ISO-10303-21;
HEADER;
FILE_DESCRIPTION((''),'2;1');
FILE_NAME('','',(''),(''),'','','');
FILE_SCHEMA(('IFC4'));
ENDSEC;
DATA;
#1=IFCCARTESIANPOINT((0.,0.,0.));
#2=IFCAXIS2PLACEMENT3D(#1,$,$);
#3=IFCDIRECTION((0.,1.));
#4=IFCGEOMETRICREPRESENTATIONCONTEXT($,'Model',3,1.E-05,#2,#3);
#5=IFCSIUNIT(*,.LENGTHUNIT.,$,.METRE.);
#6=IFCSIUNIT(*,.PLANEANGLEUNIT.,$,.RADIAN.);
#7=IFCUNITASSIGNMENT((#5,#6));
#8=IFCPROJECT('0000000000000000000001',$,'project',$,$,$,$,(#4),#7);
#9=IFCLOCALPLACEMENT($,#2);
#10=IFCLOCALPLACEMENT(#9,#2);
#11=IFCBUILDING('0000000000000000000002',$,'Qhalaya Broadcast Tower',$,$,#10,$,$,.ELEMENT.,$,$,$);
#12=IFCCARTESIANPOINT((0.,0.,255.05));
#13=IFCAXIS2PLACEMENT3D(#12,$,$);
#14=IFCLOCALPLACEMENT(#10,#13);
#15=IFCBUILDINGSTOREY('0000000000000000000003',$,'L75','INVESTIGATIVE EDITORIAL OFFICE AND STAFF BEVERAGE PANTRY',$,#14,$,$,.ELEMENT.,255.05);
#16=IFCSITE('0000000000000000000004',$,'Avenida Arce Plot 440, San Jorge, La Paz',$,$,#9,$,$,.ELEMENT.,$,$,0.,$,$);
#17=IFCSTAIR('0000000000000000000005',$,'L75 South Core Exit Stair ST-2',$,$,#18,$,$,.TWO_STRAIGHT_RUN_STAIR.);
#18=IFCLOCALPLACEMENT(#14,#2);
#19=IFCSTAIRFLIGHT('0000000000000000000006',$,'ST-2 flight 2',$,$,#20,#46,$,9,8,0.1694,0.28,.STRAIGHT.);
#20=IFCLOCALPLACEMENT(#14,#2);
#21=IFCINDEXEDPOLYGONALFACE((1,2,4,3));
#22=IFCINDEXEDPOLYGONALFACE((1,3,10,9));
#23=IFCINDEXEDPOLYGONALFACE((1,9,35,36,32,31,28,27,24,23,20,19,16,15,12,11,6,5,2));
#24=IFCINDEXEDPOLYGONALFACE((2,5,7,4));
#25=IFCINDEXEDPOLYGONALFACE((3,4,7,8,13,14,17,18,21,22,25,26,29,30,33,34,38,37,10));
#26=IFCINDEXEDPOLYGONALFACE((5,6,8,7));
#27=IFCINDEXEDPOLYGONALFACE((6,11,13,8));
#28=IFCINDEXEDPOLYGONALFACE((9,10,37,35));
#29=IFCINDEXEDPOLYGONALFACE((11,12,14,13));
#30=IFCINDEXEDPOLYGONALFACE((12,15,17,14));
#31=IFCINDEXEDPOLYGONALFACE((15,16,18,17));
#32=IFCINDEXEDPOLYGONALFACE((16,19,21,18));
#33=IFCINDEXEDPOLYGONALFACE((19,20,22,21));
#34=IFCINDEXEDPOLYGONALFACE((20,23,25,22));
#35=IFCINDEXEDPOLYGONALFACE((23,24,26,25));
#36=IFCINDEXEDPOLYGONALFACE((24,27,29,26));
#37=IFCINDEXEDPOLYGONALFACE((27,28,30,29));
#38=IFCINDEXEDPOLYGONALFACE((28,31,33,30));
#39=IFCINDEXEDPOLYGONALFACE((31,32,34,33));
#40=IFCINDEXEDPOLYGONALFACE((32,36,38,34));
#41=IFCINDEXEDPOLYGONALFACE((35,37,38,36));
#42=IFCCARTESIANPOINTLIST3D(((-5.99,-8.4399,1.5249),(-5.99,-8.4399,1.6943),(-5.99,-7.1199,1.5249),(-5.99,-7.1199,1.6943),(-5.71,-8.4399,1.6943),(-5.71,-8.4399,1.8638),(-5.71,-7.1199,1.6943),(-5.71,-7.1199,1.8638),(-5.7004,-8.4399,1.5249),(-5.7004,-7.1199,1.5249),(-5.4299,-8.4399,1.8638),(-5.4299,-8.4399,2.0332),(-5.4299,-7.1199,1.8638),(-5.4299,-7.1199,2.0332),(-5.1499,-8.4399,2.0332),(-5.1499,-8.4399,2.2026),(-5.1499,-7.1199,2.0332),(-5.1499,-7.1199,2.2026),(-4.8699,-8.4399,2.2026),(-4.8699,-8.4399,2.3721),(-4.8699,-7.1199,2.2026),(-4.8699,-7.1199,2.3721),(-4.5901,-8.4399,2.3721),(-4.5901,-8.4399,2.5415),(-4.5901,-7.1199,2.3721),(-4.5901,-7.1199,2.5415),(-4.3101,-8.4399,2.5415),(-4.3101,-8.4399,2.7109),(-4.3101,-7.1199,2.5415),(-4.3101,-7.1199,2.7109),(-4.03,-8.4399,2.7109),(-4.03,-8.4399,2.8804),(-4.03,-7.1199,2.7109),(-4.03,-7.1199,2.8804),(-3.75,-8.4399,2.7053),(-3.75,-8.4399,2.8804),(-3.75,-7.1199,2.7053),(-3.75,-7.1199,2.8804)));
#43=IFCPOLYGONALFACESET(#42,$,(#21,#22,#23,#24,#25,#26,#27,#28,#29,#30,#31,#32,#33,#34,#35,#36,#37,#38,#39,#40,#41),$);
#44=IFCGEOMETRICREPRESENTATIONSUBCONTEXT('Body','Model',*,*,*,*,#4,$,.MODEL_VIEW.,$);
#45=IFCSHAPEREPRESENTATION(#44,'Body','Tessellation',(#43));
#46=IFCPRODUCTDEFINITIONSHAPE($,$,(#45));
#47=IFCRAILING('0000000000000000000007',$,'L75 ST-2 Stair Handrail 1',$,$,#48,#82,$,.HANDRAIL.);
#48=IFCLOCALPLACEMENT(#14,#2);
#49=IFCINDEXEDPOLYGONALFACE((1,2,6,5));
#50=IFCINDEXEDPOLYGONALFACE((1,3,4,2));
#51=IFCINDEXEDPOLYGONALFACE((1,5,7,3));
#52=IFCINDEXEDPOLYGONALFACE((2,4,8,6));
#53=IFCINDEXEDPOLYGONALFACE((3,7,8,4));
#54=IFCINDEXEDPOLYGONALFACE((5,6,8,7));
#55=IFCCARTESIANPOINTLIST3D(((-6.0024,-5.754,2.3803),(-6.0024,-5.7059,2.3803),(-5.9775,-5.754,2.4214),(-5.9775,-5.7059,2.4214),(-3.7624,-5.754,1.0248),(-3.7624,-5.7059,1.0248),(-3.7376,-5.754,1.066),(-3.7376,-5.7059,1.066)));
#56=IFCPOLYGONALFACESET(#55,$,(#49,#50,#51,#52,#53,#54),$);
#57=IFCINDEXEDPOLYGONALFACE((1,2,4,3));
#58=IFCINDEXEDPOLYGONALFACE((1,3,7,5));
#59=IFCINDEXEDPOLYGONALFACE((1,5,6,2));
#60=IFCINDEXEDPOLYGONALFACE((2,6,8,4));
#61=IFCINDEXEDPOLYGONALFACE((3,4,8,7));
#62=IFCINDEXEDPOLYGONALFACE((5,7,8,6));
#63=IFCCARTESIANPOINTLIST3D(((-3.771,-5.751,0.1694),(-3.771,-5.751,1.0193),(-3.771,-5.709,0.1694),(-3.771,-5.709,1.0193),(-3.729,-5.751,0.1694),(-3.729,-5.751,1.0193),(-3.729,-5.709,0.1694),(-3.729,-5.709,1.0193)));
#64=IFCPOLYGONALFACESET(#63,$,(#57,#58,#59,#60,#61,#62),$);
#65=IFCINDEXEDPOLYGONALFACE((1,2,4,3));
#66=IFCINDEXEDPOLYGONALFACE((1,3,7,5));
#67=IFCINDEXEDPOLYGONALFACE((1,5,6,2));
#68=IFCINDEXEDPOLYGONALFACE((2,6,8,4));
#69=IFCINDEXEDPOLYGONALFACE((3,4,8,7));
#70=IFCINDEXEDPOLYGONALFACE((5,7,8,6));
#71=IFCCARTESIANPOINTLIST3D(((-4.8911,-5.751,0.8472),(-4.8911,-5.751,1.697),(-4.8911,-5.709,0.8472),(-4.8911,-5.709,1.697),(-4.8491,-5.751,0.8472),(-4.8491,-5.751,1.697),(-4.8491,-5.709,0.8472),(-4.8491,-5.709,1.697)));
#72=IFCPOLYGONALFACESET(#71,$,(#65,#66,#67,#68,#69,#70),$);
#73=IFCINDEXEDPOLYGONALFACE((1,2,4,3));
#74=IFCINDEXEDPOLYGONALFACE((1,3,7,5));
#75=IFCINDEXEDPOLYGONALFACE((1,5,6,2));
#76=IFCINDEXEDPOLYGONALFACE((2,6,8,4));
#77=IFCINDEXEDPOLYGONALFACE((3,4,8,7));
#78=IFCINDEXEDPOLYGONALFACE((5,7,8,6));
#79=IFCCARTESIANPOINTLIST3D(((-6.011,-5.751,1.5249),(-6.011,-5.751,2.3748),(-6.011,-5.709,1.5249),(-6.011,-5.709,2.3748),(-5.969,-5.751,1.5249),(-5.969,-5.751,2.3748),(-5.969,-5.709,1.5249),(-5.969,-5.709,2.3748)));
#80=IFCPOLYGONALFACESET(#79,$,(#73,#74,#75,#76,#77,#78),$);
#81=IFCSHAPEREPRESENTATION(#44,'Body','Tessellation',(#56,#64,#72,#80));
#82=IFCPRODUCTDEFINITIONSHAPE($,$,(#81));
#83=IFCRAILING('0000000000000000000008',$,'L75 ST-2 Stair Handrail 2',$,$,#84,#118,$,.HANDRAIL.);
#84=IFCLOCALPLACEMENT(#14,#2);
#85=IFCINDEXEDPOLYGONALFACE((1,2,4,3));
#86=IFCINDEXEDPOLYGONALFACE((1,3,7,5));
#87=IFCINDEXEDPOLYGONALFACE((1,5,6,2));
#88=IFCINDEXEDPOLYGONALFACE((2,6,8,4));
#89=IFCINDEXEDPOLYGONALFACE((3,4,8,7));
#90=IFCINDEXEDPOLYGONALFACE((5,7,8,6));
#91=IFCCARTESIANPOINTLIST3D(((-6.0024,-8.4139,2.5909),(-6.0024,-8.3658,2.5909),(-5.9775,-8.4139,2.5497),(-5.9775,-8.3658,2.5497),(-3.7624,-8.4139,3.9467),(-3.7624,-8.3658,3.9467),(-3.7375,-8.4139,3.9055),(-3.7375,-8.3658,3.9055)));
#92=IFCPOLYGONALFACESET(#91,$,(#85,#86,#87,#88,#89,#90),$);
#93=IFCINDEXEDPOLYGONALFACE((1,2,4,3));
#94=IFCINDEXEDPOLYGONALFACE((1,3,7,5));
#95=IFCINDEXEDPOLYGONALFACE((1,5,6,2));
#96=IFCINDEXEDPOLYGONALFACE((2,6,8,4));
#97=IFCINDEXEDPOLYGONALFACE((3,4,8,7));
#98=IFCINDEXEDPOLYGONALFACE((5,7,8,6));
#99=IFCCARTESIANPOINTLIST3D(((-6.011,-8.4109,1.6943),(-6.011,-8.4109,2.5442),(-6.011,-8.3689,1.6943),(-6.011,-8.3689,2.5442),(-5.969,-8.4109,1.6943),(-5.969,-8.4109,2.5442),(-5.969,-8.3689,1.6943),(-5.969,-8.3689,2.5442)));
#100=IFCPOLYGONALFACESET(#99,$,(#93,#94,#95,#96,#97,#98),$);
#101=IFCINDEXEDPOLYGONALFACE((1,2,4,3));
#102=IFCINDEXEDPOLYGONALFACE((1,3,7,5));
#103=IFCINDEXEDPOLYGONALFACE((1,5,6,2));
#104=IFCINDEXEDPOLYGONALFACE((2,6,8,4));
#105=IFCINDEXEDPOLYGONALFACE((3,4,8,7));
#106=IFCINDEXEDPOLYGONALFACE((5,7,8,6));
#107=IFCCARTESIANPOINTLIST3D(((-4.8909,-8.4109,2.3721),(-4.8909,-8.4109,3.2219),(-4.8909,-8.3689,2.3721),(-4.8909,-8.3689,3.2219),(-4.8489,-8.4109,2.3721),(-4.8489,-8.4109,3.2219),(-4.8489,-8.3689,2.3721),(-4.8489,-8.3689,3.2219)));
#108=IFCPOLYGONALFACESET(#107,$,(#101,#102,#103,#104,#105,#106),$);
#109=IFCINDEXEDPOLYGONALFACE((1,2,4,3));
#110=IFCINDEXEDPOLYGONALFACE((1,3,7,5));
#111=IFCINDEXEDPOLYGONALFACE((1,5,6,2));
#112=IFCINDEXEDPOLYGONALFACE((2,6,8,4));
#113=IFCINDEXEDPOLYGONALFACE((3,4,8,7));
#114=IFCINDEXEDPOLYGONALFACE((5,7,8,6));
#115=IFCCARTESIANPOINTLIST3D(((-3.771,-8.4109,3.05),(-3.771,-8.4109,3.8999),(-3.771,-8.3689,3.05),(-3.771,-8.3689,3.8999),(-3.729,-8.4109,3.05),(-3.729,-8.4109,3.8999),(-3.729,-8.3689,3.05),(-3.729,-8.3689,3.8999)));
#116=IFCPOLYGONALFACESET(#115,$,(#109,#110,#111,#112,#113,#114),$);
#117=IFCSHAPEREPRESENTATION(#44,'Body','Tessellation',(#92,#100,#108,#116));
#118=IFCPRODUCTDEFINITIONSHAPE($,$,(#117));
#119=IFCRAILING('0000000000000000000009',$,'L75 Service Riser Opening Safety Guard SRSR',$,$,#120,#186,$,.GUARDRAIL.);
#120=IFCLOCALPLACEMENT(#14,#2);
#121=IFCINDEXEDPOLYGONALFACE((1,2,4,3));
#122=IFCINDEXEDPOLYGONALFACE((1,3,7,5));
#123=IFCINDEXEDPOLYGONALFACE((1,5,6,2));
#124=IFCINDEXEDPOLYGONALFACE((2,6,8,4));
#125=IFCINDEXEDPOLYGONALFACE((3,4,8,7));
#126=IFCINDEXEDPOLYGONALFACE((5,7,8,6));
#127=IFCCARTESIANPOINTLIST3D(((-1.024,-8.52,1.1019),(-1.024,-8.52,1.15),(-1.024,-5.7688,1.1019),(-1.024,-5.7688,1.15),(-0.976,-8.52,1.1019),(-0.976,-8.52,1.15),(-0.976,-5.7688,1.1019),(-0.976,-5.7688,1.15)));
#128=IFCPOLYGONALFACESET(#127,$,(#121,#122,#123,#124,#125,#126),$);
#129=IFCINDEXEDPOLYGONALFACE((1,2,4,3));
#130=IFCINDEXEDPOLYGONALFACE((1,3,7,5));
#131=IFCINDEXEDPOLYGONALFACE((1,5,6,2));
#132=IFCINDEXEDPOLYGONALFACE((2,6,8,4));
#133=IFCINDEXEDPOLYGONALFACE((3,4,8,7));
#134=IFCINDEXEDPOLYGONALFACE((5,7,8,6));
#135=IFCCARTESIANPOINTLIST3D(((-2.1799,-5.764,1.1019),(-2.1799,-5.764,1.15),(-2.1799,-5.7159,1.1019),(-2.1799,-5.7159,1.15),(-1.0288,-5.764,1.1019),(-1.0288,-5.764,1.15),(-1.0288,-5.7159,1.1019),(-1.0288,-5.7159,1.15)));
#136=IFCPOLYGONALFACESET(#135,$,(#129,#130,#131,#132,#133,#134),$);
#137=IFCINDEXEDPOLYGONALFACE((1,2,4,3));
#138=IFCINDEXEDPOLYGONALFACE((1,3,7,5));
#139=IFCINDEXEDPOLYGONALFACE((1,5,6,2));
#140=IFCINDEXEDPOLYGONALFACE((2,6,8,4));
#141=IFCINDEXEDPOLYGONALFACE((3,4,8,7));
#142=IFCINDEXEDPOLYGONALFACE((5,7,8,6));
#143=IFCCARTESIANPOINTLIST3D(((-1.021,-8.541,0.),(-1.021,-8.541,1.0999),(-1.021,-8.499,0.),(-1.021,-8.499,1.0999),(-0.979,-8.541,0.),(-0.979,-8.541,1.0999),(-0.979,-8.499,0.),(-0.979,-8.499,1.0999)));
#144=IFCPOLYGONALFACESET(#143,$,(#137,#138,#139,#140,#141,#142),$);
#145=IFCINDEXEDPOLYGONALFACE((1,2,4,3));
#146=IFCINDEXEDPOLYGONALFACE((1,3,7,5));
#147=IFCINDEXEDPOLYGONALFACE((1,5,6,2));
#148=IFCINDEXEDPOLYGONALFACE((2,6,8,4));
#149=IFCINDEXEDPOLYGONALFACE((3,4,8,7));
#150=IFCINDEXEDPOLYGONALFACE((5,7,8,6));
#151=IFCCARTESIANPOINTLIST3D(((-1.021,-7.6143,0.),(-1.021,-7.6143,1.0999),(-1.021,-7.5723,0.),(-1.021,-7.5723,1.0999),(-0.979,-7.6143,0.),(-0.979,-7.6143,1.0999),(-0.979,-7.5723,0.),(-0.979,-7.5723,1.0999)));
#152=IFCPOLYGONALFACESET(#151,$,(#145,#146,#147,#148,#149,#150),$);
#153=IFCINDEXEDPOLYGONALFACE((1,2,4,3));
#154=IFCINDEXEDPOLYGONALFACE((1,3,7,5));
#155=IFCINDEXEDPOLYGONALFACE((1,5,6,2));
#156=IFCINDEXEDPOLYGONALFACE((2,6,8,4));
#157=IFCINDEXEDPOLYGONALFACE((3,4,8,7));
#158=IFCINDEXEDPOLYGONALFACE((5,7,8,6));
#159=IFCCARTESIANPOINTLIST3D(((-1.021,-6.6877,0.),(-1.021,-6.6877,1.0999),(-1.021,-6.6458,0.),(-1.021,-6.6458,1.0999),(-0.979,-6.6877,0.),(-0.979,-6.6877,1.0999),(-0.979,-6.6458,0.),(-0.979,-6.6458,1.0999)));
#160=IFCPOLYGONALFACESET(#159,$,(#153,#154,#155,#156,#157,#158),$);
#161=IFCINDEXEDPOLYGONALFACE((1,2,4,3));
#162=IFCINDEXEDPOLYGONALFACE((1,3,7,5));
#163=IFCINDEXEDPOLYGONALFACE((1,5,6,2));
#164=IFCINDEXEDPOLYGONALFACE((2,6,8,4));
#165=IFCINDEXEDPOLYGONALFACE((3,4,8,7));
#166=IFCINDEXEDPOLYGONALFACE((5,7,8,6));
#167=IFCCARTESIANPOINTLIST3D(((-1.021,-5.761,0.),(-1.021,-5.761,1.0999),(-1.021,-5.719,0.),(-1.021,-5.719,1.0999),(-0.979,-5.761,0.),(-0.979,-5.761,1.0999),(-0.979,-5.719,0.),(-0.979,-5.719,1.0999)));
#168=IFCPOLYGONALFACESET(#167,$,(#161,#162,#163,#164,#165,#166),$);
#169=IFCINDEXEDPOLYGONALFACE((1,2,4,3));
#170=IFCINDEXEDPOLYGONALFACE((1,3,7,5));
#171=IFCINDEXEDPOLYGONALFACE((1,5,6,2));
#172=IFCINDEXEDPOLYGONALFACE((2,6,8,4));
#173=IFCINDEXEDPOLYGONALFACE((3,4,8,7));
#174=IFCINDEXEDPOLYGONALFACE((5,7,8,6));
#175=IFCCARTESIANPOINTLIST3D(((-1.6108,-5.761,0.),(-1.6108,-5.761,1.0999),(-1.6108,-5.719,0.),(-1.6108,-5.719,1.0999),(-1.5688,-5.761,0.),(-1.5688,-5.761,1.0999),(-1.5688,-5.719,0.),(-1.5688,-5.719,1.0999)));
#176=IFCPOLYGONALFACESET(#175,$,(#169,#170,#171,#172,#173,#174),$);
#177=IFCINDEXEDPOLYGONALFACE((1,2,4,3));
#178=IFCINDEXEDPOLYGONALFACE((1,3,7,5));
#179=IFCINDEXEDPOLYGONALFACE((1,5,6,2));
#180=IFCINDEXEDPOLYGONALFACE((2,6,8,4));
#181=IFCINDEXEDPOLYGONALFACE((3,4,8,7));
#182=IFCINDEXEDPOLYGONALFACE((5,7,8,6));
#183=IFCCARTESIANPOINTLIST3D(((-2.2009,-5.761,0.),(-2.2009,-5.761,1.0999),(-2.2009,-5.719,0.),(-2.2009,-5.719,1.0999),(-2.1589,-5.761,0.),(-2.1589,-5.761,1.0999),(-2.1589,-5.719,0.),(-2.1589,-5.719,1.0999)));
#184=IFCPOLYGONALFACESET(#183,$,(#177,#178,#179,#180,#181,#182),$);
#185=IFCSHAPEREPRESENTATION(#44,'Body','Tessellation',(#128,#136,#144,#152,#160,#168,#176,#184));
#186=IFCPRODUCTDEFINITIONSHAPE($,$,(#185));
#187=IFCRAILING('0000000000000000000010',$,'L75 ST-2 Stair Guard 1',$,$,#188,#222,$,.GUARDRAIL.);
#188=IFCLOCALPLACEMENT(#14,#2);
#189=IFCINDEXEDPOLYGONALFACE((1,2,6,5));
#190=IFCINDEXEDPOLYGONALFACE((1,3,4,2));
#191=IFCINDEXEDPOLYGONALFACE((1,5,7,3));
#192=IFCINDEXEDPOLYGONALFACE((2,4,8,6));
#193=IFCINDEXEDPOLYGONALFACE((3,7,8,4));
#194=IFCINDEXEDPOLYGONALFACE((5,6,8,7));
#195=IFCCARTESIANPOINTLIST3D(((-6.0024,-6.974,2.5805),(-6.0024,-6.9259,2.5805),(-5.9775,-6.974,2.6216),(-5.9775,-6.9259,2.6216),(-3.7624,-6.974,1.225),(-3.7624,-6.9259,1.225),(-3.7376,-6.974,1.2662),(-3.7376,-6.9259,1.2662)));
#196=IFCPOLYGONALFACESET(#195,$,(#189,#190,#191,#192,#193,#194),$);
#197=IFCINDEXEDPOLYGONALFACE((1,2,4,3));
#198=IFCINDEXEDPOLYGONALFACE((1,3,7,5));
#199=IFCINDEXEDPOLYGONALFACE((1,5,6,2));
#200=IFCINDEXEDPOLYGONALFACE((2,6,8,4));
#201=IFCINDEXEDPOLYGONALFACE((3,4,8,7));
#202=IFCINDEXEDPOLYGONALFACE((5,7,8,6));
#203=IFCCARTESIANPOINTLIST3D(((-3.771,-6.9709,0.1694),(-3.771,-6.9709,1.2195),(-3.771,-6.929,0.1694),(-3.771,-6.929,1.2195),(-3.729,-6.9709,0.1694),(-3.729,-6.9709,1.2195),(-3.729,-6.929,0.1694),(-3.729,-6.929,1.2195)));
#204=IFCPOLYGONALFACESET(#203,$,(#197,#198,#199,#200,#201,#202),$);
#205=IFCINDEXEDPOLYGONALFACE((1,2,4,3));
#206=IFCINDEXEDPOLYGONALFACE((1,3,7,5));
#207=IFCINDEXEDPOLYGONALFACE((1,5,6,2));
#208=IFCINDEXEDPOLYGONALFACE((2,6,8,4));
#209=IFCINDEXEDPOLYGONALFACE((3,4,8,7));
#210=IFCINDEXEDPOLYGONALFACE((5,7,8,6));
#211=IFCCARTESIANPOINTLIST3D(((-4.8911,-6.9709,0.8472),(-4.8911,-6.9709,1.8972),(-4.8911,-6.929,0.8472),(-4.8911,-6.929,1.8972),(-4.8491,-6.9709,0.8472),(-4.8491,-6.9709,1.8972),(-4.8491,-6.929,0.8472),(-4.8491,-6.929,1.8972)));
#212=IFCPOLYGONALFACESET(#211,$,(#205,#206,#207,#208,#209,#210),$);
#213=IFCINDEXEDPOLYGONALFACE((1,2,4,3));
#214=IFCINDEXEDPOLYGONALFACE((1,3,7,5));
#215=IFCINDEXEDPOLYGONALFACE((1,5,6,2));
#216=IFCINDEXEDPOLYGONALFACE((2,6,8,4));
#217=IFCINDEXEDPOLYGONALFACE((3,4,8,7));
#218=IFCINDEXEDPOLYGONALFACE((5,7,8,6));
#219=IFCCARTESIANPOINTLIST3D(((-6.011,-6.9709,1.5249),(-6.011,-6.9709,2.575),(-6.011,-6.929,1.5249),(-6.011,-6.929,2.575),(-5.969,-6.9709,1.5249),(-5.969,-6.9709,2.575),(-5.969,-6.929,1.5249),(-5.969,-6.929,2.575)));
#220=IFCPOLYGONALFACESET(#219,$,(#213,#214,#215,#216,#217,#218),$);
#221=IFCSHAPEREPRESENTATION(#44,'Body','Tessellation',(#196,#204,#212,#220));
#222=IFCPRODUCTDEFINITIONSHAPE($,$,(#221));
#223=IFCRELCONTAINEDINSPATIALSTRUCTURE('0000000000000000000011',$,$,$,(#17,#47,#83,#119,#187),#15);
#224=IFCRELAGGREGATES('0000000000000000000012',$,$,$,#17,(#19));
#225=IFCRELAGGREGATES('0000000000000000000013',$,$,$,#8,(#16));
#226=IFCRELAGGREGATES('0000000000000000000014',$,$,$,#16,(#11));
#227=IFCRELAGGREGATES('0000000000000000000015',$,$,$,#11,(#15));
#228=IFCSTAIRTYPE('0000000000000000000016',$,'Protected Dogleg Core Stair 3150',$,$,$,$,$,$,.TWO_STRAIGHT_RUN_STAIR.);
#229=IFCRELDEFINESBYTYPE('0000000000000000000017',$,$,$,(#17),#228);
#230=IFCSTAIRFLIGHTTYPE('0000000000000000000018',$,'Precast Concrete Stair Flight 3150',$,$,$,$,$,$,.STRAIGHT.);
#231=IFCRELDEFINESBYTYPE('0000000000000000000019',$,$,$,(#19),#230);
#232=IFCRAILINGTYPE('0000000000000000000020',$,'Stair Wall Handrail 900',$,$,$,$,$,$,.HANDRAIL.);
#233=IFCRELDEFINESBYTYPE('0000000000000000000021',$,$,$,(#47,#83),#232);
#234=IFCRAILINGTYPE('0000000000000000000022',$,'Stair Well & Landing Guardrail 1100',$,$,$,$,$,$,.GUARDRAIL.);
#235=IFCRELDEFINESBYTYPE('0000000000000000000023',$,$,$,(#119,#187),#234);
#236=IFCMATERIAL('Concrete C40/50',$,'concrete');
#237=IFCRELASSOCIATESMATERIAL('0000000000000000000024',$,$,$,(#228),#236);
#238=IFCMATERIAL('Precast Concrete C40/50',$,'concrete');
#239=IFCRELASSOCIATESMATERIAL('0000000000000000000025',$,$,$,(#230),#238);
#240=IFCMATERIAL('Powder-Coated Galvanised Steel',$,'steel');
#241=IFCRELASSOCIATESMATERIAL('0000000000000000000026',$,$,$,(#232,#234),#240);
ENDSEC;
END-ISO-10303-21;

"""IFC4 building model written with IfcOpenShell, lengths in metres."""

from ifc_helpers import new_model, si_unit, direction, frame, origin, origin_2d, place, context, subcontext, project, spatial, polyline, rectangle, outline, extrude, material, type_object, element, aggregate, save


model = new_model("IFC4")

# Units and contexts
model_context = context("Model", 3, precision=1e-05, world=origin(), true_north=direction((0.0, 1.0)))
body_context = subcontext(model_context, "Body", "Model", "MODEL_VIEW")
ifc_project = project(units=[si_unit("LENGTHUNIT", "METRE"), si_unit("PLANEANGLEUNIT", "RADIAN")], contexts=[model_context])

# Site, building, storey
site_placement = place(None, origin())
site = spatial("IfcSite", under=ifc_project, at=site_placement, Name="Avenida Arce Plot 440, San Jorge, La Paz", CompositionType="ELEMENT", RefElevation=0.0)
building_placement = place(site_placement, origin())
building = spatial("IfcBuilding", under=site, at=building_placement, Name="Qhalaya Broadcast Tower", CompositionType="ELEMENT")
storey_placement = place(building_placement, frame((0.0, 0.0, 255.05)))
storey = spatial("IfcBuildingStorey", under=building, at=storey_placement, Name="L75", Description="INVESTIGATIVE EDITORIAL OFFICE AND STAFF BEVERAGE PANTRY", CompositionType="ELEMENT", Elevation=255.05)

# Stair, stair flight
ifc_material_1 = material(Name="Concrete C40/50", Category="concrete")
stair_type = type_object("IfcStairType", Name="Protected Dogleg Core Stair 3150", PredefinedType="TWO_STRAIGHT_RUN_STAIR", material=ifc_material_1)
stair_placement = place(storey_placement, origin())
stair = element("IfcStair", 1, at=stair_placement, inside=storey, type_object=stair_type, Name="L75 South Core Exit Stair ST-2", PredefinedType="TWO_STRAIGHT_RUN_STAIR")
ifc_material_2 = material(Name="Precast Concrete C40/50", Category="concrete")
stair_flight_type = type_object("IfcStairFlightType", Name="Precast Concrete Stair Flight 3150", PredefinedType="STRAIGHT", material=ifc_material_2)
stair_flight_1_placement = place(storey_placement, frame((-5.99, -7.78, 1.5249), z_axis=(0.0, 0.0, 1.0), x_axis=(1.0, 0.0, 0.0)))
stair_flight_1 = element("IfcStairFlight", 2, at=stair_flight_1_placement, type_object=stair_flight_type, Name="ST-2 flight 2", NumberOfRisers=9, NumberOfTreads=8, PredefinedType="STRAIGHT", RiserHeight=0.1694, TreadLength=0.28, context=body_context, shape_type="SweptSolid", body=[
    extrude(outline(polyline([(0.0, 0.0), (0.0, 0.1694), (0.28, 0.1694), (0.28, 0.3389), (0.5601, 0.3389), (0.5601, 0.5083), (0.8401, 0.5083), (0.8401, 0.6777), (1.1201, 0.6777), (1.1201, 0.8472), (1.3999, 0.8472), (1.3999, 1.0166), (1.6799, 1.0166), (1.6799, 1.186), (1.96, 1.186), (1.96, 1.3555), (2.24, 1.3555), (2.24, 1.5249), (2.24, 1.1804), (0.2896, 0.0), (0.0, 0.0)])), frame((0.0, 0.6602, 0.0), z_axis=(0.0, -1.0, 0.0), x_axis=(1.0, 0.0, 0.0)), (0.0, 0.0, 1.0), 1.3201),
])
aggregate(stair, [stair_flight_1])

# Railings
ifc_material_3 = material(Name="Powder-Coated Galvanised Steel", Category="steel")
railing_type_1 = type_object("IfcRailingType", Name="Stair Wall Handrail 900", PredefinedType="HANDRAIL", material=ifc_material_3)
railing_1_placement = place(storey_placement, frame((-3.75, -5.73, 0.1694)))
element("IfcRailing", 3, at=railing_1_placement, inside=storey, type_object=railing_type_1, Name="L75 ST-2 Stair Handrail 1", PredefinedType="HANDRAIL", context=body_context, shape_type="SweptSolid", body=[
    extrude(rectangle(XDim=0.0481, YDim=0.0481, at=origin_2d()), frame((0.0, 0.0, 0.876), z_axis=(-0.855553, 0.0, 0.517715), x_axis=(0.0, -1.0, 0.0)), (0.0, 0.0, 1.0), 2.6182),
    extrude(rectangle(XDim=0.042, YDim=0.042, at=origin_2d()), origin(), (0.0, 0.0, 1.0), 0.8499),
    extrude(rectangle(XDim=0.042, YDim=0.042, at=origin_2d()), frame((-1.1201, 0.0, 0.6777)), (0.0, 0.0, 1.0), 0.8499),
    extrude(rectangle(XDim=0.042, YDim=0.042, at=origin_2d()), frame((-2.24, 0.0, 1.3555)), (0.0, 0.0, 1.0), 0.8499),
])
railing_2_placement = place(storey_placement, frame((-5.99, -8.3899, 1.6943)))
element("IfcRailing", 4, at=railing_2_placement, inside=storey, type_object=railing_type_1, Name="L75 ST-2 Stair Handrail 2", PredefinedType="HANDRAIL", context=body_context, shape_type="SweptSolid", body=[
    extrude(rectangle(XDim=0.0481, YDim=0.0481, at=origin_2d()), frame((0.0, 0.0, 0.876), z_axis=(0.855512, 0.0, 0.517783), x_axis=(0.0, 1.0, 0.0)), (0.0, 0.0, 1.0), 2.6184),
    extrude(rectangle(XDim=0.042, YDim=0.042, at=origin_2d()), origin(), (0.0, 0.0, 1.0), 0.8499),
    extrude(rectangle(XDim=0.042, YDim=0.042, at=origin_2d()), frame((1.1201, 0.0, 0.6777)), (0.0, 0.0, 1.0), 0.8499),
    extrude(rectangle(XDim=0.042, YDim=0.042, at=origin_2d()), frame((2.24, 0.0, 1.3557)), (0.0, 0.0, 1.0), 0.8499),
])
railing_type_2 = type_object("IfcRailingType", Name="Stair Well & Landing Guardrail 1100", PredefinedType="GUARDRAIL", material=ifc_material_3)
railing_3_placement = place(storey_placement, frame((-1.0, -8.52, 0.0)))
element("IfcRailing", 5, at=railing_3_placement, inside=storey, type_object=railing_type_2, Name="L75 Service Riser Opening Safety Guard SRSR", PredefinedType="GUARDRAIL", context=body_context, shape_type="SweptSolid", body=[
    extrude(rectangle(XDim=0.0481, YDim=0.0481, at=origin_2d()), frame((0.0, 0.0, 1.126), z_axis=(0.0, 1.0, 0.0), x_axis=(-1.0, 0.0, 0.0)), (0.0, 0.0, 1.0), 2.7512),
    extrude(rectangle(XDim=0.0481, YDim=0.0481, at=origin_2d()), frame((-0.0288, 2.78, 1.126), z_axis=(-1.0, 0.0, 0.0), x_axis=(0.0, -1.0, 0.0)), (0.0, 0.0, 1.0), 1.1511),
    extrude(rectangle(XDim=0.042, YDim=0.042, at=origin_2d()), origin(), (0.0, 0.0, 1.0), 1.0999),
    extrude(rectangle(XDim=0.042, YDim=0.042, at=origin_2d()), frame((0.0, 0.9268, 0.0)), (0.0, 0.0, 1.0), 1.0999),
    extrude(rectangle(XDim=0.042, YDim=0.042, at=origin_2d()), frame((0.0, 1.8533, 0.0)), (0.0, 0.0, 1.0), 1.0999),
    extrude(rectangle(XDim=0.042, YDim=0.042, at=origin_2d()), frame((0.0, 2.78, 0.0)), (0.0, 0.0, 1.0), 1.0999),
    extrude(rectangle(XDim=0.042, YDim=0.042, at=origin_2d()), frame((-0.5898, 2.78, 0.0)), (0.0, 0.0, 1.0), 1.0999),
    extrude(rectangle(XDim=0.042, YDim=0.042, at=origin_2d()), frame((-1.1799, 2.78, 0.0)), (0.0, 0.0, 1.0), 1.0999),
])
railing_4_placement = place(storey_placement, frame((-3.75, -6.95, 0.1694)))
element("IfcRailing", 6, at=railing_4_placement, inside=storey, type_object=railing_type_2, Name="L75 ST-2 Stair Guard 1", PredefinedType="GUARDRAIL", context=body_context, shape_type="SweptSolid", body=[
    extrude(rectangle(XDim=0.0481, YDim=0.0481, at=origin_2d()), frame((0.0, 0.0, 1.0762), z_axis=(-0.855553, 0.0, 0.517715), x_axis=(0.0, -1.0, 0.0)), (0.0, 0.0, 1.0), 2.6182),
    extrude(rectangle(XDim=0.042, YDim=0.042, at=origin_2d()), origin(), (0.0, 0.0, 1.0), 1.05),
    extrude(rectangle(XDim=0.042, YDim=0.042, at=origin_2d()), frame((-1.1201, 0.0, 0.6777)), (0.0, 0.0, 1.0), 1.05),
    extrude(rectangle(XDim=0.042, YDim=0.042, at=origin_2d()), frame((-2.24, 0.0, 1.3555)), (0.0, 0.0, 1.0), 1.05),
])

save(model, "model.ifc")
